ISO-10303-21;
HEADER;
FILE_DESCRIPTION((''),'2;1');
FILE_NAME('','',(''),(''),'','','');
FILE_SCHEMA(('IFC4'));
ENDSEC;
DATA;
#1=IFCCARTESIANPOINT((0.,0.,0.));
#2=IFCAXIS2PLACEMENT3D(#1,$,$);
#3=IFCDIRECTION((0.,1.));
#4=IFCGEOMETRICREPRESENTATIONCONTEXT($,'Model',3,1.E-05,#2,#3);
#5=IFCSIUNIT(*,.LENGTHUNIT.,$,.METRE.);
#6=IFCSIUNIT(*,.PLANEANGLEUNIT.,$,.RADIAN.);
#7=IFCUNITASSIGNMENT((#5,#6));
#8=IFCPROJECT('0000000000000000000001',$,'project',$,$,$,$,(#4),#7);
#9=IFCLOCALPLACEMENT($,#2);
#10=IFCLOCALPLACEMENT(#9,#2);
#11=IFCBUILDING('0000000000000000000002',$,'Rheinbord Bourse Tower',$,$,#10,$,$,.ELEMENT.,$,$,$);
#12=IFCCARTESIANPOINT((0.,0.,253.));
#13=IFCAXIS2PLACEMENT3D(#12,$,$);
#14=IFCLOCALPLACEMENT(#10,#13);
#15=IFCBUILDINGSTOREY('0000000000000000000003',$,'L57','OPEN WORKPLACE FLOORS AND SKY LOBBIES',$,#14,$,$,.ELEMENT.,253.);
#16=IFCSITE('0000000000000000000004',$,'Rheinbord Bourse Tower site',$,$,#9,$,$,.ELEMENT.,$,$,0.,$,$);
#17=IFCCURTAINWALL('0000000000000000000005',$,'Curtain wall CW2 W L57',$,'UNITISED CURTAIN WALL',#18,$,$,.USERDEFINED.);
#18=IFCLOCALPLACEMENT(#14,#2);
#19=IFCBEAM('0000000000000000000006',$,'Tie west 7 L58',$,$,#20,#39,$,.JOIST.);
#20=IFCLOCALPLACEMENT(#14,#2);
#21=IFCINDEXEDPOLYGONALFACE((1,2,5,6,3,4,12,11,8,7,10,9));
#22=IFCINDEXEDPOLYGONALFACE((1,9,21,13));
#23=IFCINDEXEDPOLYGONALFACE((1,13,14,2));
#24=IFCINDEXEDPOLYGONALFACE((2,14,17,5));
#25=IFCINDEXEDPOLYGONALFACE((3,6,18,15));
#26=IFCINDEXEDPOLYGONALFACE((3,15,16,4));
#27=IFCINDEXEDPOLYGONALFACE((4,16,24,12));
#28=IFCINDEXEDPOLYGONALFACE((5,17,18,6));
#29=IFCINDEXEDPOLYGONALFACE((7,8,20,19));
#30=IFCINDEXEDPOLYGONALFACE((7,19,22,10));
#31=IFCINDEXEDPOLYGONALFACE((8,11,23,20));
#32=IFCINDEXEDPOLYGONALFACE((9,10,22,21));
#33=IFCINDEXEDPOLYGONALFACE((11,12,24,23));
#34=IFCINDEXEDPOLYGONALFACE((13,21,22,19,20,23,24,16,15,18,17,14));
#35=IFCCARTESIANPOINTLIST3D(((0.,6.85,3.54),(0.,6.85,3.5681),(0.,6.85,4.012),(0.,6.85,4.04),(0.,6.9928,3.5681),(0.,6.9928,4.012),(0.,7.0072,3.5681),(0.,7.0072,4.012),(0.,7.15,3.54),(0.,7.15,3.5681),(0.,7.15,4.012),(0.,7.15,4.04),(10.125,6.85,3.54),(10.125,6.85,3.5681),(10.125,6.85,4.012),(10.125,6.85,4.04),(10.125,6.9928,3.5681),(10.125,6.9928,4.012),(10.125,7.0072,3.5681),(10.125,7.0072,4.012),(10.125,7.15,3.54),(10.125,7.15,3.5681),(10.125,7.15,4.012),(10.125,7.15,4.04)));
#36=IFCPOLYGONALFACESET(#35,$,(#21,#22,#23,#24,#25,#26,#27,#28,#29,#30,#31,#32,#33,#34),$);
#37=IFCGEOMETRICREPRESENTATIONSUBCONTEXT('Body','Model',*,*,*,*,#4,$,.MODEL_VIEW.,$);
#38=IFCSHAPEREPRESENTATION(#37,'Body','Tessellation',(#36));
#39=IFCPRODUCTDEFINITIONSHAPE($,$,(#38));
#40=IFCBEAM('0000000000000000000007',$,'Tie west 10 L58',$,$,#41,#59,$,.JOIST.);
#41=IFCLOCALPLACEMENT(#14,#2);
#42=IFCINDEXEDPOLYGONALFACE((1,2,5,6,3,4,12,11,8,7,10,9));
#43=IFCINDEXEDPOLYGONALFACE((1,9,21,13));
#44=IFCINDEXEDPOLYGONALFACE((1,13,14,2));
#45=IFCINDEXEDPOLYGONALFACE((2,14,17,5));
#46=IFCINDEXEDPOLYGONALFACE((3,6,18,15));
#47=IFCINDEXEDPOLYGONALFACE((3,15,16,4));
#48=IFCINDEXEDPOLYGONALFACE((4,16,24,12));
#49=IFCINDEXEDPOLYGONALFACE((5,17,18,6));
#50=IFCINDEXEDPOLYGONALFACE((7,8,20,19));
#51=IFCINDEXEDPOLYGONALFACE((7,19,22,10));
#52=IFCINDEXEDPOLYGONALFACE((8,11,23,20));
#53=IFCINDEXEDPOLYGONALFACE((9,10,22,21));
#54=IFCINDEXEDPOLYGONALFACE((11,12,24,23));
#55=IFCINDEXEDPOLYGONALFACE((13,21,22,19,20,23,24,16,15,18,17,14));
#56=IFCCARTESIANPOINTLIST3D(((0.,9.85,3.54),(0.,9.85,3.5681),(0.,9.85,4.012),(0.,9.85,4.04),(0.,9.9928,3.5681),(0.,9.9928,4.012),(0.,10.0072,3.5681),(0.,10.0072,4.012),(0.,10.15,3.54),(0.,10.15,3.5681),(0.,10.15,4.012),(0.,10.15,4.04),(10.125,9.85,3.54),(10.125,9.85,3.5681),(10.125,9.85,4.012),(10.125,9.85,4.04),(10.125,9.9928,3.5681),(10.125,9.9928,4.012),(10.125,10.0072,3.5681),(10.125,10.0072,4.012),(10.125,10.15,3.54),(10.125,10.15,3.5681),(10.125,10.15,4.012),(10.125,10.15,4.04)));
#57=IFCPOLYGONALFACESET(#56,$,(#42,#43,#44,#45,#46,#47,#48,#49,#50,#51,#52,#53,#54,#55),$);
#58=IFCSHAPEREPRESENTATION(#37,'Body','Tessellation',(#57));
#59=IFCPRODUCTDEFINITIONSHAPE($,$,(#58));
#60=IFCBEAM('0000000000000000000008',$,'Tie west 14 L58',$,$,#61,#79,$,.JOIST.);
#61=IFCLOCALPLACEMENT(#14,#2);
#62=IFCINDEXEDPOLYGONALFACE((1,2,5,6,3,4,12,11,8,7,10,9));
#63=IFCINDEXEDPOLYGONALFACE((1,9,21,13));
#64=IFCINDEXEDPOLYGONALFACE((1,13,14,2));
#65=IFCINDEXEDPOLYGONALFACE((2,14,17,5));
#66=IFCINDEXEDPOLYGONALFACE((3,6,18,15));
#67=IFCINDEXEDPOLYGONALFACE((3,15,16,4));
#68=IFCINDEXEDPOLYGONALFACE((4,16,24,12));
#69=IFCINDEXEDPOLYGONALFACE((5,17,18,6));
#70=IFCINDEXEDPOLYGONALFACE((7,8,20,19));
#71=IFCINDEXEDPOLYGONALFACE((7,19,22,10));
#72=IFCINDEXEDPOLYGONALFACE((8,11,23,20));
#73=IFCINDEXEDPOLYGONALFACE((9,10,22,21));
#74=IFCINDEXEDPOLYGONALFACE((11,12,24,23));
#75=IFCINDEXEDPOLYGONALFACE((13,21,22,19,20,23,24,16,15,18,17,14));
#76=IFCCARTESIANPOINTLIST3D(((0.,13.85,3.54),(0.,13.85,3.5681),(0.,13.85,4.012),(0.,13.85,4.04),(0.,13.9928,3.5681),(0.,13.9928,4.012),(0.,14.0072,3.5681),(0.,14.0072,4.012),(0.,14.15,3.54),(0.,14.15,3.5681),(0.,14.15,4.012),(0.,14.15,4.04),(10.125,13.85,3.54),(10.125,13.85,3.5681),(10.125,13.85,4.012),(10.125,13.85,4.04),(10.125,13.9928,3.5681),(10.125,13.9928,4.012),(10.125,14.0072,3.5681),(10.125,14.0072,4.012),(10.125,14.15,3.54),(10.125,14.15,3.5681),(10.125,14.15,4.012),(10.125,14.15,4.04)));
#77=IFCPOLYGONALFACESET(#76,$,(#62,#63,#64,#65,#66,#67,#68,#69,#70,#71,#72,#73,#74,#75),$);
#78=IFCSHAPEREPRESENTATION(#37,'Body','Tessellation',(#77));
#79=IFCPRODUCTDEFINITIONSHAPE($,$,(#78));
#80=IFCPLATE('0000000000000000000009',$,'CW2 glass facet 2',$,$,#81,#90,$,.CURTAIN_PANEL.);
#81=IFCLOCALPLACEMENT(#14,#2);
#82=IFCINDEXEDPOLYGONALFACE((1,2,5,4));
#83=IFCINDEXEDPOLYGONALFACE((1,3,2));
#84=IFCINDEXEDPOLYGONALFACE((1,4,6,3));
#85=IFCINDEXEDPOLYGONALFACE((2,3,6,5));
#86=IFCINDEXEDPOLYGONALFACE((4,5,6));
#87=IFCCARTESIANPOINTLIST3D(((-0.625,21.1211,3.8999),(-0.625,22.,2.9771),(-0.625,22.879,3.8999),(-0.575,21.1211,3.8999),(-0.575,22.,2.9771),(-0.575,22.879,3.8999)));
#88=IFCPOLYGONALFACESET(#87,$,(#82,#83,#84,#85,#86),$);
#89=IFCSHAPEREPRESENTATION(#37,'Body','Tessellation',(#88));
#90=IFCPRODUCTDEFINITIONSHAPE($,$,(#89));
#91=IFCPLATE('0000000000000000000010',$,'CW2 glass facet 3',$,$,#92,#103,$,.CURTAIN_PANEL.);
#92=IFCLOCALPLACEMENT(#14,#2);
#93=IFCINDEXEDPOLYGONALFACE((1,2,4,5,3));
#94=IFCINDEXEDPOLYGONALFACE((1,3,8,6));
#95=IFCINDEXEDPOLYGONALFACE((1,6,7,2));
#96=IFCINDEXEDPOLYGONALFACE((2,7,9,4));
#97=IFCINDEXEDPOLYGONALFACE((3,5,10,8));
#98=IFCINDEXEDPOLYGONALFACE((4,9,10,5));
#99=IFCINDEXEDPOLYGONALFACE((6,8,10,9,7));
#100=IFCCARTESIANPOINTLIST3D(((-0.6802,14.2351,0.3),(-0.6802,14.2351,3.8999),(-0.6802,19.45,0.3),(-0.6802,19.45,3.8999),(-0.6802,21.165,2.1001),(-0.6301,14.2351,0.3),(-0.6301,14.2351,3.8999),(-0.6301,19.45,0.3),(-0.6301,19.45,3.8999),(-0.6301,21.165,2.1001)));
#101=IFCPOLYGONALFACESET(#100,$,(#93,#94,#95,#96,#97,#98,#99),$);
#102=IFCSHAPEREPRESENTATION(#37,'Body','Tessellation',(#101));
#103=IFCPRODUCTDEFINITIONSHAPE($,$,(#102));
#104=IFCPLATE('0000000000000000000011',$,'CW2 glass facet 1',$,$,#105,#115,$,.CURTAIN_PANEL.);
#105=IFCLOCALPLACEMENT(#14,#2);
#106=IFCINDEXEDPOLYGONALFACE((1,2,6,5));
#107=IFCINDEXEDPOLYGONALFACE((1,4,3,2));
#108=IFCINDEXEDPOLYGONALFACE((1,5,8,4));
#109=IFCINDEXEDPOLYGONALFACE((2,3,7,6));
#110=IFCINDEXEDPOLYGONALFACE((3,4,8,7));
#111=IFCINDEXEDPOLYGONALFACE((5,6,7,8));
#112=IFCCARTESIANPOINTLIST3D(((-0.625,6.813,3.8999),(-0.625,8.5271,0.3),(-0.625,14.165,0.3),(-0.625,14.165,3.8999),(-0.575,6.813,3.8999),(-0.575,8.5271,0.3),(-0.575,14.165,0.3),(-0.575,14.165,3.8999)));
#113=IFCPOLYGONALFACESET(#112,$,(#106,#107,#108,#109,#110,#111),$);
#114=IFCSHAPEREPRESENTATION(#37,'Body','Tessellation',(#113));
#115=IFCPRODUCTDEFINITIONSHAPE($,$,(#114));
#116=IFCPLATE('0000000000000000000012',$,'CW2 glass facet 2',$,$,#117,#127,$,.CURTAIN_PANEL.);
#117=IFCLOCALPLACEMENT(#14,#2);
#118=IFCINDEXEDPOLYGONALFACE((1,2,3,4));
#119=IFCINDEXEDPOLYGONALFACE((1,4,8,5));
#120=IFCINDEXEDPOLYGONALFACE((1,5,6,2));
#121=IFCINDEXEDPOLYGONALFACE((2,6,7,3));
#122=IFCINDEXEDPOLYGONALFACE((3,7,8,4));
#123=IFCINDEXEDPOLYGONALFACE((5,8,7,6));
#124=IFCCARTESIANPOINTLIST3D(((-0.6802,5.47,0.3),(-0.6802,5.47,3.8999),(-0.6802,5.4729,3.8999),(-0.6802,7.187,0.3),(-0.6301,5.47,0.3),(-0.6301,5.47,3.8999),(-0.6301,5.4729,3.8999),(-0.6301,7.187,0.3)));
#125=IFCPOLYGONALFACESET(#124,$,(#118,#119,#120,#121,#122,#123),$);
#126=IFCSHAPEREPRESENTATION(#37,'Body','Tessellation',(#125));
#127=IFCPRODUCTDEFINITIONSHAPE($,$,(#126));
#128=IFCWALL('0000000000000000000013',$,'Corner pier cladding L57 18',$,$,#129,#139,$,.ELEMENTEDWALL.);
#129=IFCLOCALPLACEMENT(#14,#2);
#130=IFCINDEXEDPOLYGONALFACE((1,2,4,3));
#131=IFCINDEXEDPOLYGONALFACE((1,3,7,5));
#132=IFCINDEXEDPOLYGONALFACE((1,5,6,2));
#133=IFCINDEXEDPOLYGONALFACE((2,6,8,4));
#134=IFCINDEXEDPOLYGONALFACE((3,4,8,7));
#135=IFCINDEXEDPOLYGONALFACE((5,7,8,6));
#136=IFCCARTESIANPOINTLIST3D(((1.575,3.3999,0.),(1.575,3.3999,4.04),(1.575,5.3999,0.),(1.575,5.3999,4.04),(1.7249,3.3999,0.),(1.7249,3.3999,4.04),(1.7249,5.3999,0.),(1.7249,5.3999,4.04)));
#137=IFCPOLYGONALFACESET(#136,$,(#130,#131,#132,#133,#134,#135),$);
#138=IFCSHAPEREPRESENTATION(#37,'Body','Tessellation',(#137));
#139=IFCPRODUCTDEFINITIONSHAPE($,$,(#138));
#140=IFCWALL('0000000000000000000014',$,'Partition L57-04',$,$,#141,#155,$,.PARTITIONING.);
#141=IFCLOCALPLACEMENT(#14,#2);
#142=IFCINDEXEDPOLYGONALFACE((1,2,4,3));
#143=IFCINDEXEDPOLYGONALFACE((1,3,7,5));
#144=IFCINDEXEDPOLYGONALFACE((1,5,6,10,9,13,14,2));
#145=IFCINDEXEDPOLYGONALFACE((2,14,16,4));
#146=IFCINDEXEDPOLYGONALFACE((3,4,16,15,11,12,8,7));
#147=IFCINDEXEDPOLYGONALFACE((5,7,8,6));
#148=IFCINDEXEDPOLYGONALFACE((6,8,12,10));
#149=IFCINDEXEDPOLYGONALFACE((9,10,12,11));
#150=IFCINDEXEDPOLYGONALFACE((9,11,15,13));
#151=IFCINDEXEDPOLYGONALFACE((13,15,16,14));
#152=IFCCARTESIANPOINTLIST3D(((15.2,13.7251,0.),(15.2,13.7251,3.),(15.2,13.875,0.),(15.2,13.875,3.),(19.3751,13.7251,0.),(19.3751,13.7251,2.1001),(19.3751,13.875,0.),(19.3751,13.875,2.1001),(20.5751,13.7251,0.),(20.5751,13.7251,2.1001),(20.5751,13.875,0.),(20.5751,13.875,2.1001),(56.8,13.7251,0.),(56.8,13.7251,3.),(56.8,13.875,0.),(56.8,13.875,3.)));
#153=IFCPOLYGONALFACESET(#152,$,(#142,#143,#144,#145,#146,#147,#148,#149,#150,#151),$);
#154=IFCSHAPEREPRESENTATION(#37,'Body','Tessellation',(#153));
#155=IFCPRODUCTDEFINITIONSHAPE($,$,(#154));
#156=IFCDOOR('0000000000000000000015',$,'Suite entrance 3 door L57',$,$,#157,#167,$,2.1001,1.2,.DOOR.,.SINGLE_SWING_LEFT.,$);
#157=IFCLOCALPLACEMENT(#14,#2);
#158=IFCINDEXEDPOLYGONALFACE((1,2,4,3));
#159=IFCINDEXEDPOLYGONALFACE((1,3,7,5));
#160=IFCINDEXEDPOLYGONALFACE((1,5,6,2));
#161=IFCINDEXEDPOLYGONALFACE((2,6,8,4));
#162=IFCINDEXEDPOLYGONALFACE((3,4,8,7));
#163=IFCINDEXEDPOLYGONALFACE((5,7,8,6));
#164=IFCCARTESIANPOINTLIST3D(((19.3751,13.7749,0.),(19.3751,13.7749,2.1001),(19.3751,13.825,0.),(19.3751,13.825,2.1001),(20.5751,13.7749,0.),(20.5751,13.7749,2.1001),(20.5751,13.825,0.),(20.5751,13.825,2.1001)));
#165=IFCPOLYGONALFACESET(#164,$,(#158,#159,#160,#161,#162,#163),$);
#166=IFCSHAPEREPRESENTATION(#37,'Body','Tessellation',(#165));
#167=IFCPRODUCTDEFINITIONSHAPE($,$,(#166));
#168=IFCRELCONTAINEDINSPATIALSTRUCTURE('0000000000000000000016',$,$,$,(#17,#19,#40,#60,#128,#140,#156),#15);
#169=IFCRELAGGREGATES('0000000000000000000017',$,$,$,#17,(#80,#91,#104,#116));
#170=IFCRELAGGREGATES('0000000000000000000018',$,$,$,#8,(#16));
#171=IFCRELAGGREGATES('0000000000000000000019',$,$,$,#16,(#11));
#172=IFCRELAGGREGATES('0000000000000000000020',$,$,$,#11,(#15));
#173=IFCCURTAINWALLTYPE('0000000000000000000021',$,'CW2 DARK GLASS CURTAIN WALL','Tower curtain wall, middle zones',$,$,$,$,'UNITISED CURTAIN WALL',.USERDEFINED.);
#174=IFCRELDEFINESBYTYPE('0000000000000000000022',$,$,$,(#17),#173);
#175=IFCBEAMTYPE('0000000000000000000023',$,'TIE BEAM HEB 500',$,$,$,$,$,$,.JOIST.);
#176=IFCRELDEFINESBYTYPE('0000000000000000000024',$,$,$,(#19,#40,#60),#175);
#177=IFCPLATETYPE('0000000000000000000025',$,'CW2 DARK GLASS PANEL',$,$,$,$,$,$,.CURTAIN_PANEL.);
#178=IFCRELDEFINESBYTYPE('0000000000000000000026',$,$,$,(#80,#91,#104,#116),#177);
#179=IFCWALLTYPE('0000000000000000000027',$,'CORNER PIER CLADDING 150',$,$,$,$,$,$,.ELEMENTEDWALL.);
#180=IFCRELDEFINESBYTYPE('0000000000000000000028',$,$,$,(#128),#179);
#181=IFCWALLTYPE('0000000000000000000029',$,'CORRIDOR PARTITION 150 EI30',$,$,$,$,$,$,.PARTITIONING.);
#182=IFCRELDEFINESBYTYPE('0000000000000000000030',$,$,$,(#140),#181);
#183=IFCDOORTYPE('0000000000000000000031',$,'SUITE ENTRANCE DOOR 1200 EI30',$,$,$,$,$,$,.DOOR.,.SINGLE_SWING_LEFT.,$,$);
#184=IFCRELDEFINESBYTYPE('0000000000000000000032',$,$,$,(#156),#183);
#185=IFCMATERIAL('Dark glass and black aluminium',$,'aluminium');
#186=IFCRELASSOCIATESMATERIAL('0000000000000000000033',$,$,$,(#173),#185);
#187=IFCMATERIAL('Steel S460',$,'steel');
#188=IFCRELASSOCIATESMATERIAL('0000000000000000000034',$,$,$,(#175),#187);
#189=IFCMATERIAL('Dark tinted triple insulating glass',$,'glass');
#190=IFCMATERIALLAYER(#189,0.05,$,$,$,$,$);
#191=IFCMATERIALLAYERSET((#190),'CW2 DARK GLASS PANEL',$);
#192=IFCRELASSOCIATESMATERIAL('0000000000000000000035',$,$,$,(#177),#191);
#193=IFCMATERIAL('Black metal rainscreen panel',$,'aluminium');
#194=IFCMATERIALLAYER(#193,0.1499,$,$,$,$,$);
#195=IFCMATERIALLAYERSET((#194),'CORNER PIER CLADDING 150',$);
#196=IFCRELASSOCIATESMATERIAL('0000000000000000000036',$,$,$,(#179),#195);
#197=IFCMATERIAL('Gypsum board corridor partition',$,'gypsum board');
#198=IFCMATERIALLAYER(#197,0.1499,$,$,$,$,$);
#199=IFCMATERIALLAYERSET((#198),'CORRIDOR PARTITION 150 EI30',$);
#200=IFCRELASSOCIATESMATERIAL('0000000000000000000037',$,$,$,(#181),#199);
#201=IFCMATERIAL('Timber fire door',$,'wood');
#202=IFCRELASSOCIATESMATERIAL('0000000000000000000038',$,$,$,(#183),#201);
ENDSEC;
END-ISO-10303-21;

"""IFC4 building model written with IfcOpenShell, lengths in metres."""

from ifc_helpers import new_model, si_unit, direction, frame, frame_2d, origin, origin_2d, place, context, subcontext, project, spatial, polyline, rectangle, i_section, outline, extrude, material, layer, layer_set, material_profile, profile_set, type_object, element, fill, aggregate, save


model = new_model("IFC4")

# Units and contexts
model_context = context("Model", 3, precision=1e-05, world=origin(), true_north=direction((0.0, 1.0)))
body_context = subcontext(model_context, "Body", "Model", "MODEL_VIEW")
ifc_project = project(units=[si_unit("LENGTHUNIT", "METRE"), si_unit("PLANEANGLEUNIT", "RADIAN")], contexts=[model_context])

# Site, building, storey
site_placement = place(None, origin())
site = spatial("IfcSite", under=ifc_project, at=site_placement, Name="Rheinbord Bourse Tower site", CompositionType="ELEMENT", RefElevation=0.0)
building_placement = place(site_placement, origin())
building = spatial("IfcBuilding", under=site, at=building_placement, Name="Rheinbord Bourse Tower", CompositionType="ELEMENT")
storey_placement = place(building_placement, frame((0.0, 0.0, 253.0)))
storey = spatial("IfcBuildingStorey", under=building, at=storey_placement, Name="L57", Description="OPEN WORKPLACE FLOORS AND SKY LOBBIES", CompositionType="ELEMENT", Elevation=253.0)

# Curtain wall
ifc_material_1 = material(Name="Dark glass and black aluminium", Category="aluminium")
curtain_wall_type = type_object("IfcCurtainWallType", Name="CW2 DARK GLASS CURTAIN WALL", Description="Tower curtain wall, middle zones", ElementType="UNITISED CURTAIN WALL", PredefinedType="USERDEFINED", material=ifc_material_1)
curtain_wall_placement = place(storey_placement, origin())
curtain_wall = element("IfcCurtainWall", 1, at=curtain_wall_placement, inside=storey, type_object=curtain_wall_type, Name="Curtain wall CW2 W L57", ObjectType="UNITISED CURTAIN WALL", PredefinedType="USERDEFINED")

# Beams
ifc_material_2 = material(Name="Steel S460", Category="steel")
ifc_material_profile_1 = material_profile(ifc_material_2, i_section(OverallWidth=0.3, OverallDepth=0.5, WebThickness=0.0144, FlangeThickness=0.0281, at=origin_2d()), Name="HEB 500")
ifc_profile_set_1 = profile_set([ifc_material_profile_1], Name="Steel S460")
beam_type_1 = type_object("IfcBeamType", Name="TIE BEAM HEB 500", PredefinedType="JOIST", material=ifc_profile_set_1)
for number, where, z_axis, x_axis, name in (
    (2, (0.0, 7.0, 3.79), (1.0, 0.0, 0.0), (0.0, 1.0, 0.0), "Tie west 7 L58"),
    (3, (0.0, 10.0, 3.79), (1.0, 0.0, 0.0), (0.0, 1.0, 0.0), "Tie west 10 L58"),
    (4, (0.0, 14.0, 3.79), (1.0, 0.0, 0.0), (0.0, 1.0, 0.0), "Tie west 14 L58"),
):
    element("IfcBeam", number, at=place(storey_placement, frame(where, z_axis=z_axis, x_axis=x_axis)), inside=storey, type_object=beam_type_1, Name=name, PredefinedType="JOIST", context=body_context, shape_type="SweptSolid", body=[
        extrude(i_section(OverallWidth=0.3, OverallDepth=0.5, WebThickness=0.0144, FlangeThickness=0.0281, at=origin_2d()), origin(), (0.0, 0.0, 1.0), 10.125),
    ])

# Plates
ifc_material_3 = material(Name="Dark tinted triple insulating glass", Category="glass")
ifc_layer_1 = layer(ifc_material_3, 0.05)
ifc_layer_set_1 = layer_set([ifc_layer_1], Name="CW2 DARK GLASS PANEL")
plate_type = type_object("IfcPlateType", Name="CW2 DARK GLASS PANEL", PredefinedType="CURTAIN_PANEL", material=ifc_layer_set_1)
plate_1_placement = place(storey_placement, frame((-0.625, 21.1211, 3.8999), z_axis=(1.0, 0.0, 0.0), x_axis=(0.0, 0.689655, -0.724138)))
plate_1 = element("IfcPlate", 5, at=plate_1_placement, type_object=plate_type, Name="CW2 glass facet 2", PredefinedType="CURTAIN_PANEL", context=body_context, shape_type="SweptSolid", body=[
    extrude(outline(polyline([(0.0, 0.0), (1.2744, 0.0), (1.2124, 1.2729), (0.0, 0.0)])), origin(), (0.0, 0.0, 1.0), 0.05),
])
plate_2_placement = place(storey_placement, frame((-0.6802, 14.2351, 3.8999), z_axis=(1.0, 0.0, 0.0), x_axis=(0.0, 0.0, -1.0)))
plate_2 = element("IfcPlate", 6, at=plate_2_placement, type_object=plate_type, Name="CW2 glass facet 3", PredefinedType="CURTAIN_PANEL", context=body_context, shape_type="SweptSolid", body=[
    extrude(outline(polyline([(0.0, 0.0), (3.5999, 0.0), (3.5999, 5.2148), (1.7998, 6.9299), (0.0, 5.2148), (0.0, 0.0)])), origin(), (0.0, 0.0, 1.0), 0.05),
])
plate_3_placement = place(storey_placement, frame((-0.625, 14.165, 0.3), z_axis=(1.0, 0.0, 0.0), x_axis=(0.0, 0.0, 1.0)))
plate_3 = element("IfcPlate", 7, at=plate_3_placement, type_object=plate_type, Name="CW2 glass facet 1", PredefinedType="CURTAIN_PANEL", context=body_context, shape_type="SweptSolid", body=[
    extrude(outline(polyline([(0.0, 0.0), (3.5999, 0.0), (3.5999, 7.3521), (0.0, 5.6379), (0.0, 0.0)])), origin(), (0.0, 0.0, 1.0), 0.05),
])
plate_4_placement = place(storey_placement, frame((-0.6802, 5.47, 3.8999), z_axis=(1.0, 0.0, 0.0), x_axis=(0.0, 0.0, -1.0)))
plate_4 = element("IfcPlate", 8, at=plate_4_placement, type_object=plate_type, Name="CW2 glass facet 2", PredefinedType="CURTAIN_PANEL", context=body_context, shape_type="SweptSolid", body=[
    extrude(outline(polyline([(0.0, 0.0), (3.5999, 0.0), (3.5999, 1.717), (0.0, 0.0029), (0.0, 0.0)])), origin(), (0.0, 0.0, 1.0), 0.05),
])
aggregate(curtain_wall, [plate_1, plate_2, plate_3, plate_4])

# Wall
ifc_material_4 = material(Name="Black metal rainscreen panel", Category="aluminium")
ifc_layer_2 = layer(ifc_material_4, 0.1499)
ifc_layer_set_2 = layer_set([ifc_layer_2], Name="CORNER PIER CLADDING 150")
wall_type_1 = type_object("IfcWallType", Name="CORNER PIER CLADDING 150", PredefinedType="ELEMENTEDWALL", material=ifc_layer_set_2)
wall_1_placement = place(storey_placement, frame((1.6499, 5.3999, 0.0), z_axis=(0.0, 0.0, 1.0), x_axis=(0.0, -1.0, 0.0)))
element("IfcWall", 9, at=wall_1_placement, inside=storey, type_object=wall_type_1, Name="Corner pier cladding L57 18", PredefinedType="ELEMENTEDWALL", context=body_context, shape_type="SweptSolid", body=[
    extrude(rectangle(XDim=2.0, YDim=0.1499, at=frame_2d((1.0, 0.0))), origin(), (0.0, 0.0, 1.0), 4.04),
])

# Wall, opening, door
ifc_material_5 = material(Name="Gypsum board corridor partition", Category="gypsum board")
ifc_layer_3 = layer(ifc_material_5, 0.1499)
ifc_layer_set_3 = layer_set([ifc_layer_3], Name="CORRIDOR PARTITION 150 EI30")
wall_type_2 = type_object("IfcWallType", Name="CORRIDOR PARTITION 150 EI30", PredefinedType="PARTITIONING", material=ifc_layer_set_3)
wall_2_placement = place(storey_placement, frame((15.2, 13.8, 0.0), z_axis=(0.0, 0.0, 1.0), x_axis=(1.0, 0.0, 0.0)))
wall_2 = element("IfcWall", 10, at=wall_2_placement, inside=storey, type_object=wall_type_2, Name="Partition L57-04", PredefinedType="PARTITIONING", context=body_context, shape_type="SweptSolid", body=[
    extrude(rectangle(XDim=41.6001, YDim=0.1499, at=frame_2d((20.8, 0.0))), origin(), (0.0, 0.0, 1.0), 3.0),
])
opening_placement = place(wall_2_placement, frame((4.175, 0.0, 0.0)))
opening = element("IfcOpeningElement", 11, at=opening_placement, cuts=wall_2, PredefinedType="OPENING", context=body_context, shape_type="SweptSolid", body=[
    extrude(rectangle(XDim=1.2, YDim=2.1001, at=frame_2d((0.6001, 1.05))), frame((0.0, 0.085, 0.0), z_axis=(0.0, -1.0, 0.0), x_axis=(1.0, 0.0, 0.0)), (0.0, 0.0, 1.0), 0.1699),
])
ifc_material_6 = material(Name="Timber fire door", Category="wood")
door_type = type_object("IfcDoorType", Name="SUITE ENTRANCE DOOR 1200 EI30", OperationType="SINGLE_SWING_LEFT", PredefinedType="DOOR", material=ifc_material_6)
door_placement = place(opening_placement, origin())
door = element("IfcDoor", 12, at=door_placement, inside=storey, type_object=door_type, Name="Suite entrance 3 door L57", OperationType="SINGLE_SWING_LEFT", OverallHeight=2.1001, OverallWidth=1.2, PredefinedType="DOOR", context=body_context, shape_type="SweptSolid", body=[
    extrude(rectangle(XDim=1.2, YDim=2.1001, at=frame_2d((0.6001, 1.05))), frame((0.0, 0.0249, 0.0), z_axis=(0.0, -1.0, 0.0), x_axis=(1.0, 0.0, 0.0)), (0.0, 0.0, 1.0), 0.05),
])
fill(opening, door)

save(model, "model.ifc")
